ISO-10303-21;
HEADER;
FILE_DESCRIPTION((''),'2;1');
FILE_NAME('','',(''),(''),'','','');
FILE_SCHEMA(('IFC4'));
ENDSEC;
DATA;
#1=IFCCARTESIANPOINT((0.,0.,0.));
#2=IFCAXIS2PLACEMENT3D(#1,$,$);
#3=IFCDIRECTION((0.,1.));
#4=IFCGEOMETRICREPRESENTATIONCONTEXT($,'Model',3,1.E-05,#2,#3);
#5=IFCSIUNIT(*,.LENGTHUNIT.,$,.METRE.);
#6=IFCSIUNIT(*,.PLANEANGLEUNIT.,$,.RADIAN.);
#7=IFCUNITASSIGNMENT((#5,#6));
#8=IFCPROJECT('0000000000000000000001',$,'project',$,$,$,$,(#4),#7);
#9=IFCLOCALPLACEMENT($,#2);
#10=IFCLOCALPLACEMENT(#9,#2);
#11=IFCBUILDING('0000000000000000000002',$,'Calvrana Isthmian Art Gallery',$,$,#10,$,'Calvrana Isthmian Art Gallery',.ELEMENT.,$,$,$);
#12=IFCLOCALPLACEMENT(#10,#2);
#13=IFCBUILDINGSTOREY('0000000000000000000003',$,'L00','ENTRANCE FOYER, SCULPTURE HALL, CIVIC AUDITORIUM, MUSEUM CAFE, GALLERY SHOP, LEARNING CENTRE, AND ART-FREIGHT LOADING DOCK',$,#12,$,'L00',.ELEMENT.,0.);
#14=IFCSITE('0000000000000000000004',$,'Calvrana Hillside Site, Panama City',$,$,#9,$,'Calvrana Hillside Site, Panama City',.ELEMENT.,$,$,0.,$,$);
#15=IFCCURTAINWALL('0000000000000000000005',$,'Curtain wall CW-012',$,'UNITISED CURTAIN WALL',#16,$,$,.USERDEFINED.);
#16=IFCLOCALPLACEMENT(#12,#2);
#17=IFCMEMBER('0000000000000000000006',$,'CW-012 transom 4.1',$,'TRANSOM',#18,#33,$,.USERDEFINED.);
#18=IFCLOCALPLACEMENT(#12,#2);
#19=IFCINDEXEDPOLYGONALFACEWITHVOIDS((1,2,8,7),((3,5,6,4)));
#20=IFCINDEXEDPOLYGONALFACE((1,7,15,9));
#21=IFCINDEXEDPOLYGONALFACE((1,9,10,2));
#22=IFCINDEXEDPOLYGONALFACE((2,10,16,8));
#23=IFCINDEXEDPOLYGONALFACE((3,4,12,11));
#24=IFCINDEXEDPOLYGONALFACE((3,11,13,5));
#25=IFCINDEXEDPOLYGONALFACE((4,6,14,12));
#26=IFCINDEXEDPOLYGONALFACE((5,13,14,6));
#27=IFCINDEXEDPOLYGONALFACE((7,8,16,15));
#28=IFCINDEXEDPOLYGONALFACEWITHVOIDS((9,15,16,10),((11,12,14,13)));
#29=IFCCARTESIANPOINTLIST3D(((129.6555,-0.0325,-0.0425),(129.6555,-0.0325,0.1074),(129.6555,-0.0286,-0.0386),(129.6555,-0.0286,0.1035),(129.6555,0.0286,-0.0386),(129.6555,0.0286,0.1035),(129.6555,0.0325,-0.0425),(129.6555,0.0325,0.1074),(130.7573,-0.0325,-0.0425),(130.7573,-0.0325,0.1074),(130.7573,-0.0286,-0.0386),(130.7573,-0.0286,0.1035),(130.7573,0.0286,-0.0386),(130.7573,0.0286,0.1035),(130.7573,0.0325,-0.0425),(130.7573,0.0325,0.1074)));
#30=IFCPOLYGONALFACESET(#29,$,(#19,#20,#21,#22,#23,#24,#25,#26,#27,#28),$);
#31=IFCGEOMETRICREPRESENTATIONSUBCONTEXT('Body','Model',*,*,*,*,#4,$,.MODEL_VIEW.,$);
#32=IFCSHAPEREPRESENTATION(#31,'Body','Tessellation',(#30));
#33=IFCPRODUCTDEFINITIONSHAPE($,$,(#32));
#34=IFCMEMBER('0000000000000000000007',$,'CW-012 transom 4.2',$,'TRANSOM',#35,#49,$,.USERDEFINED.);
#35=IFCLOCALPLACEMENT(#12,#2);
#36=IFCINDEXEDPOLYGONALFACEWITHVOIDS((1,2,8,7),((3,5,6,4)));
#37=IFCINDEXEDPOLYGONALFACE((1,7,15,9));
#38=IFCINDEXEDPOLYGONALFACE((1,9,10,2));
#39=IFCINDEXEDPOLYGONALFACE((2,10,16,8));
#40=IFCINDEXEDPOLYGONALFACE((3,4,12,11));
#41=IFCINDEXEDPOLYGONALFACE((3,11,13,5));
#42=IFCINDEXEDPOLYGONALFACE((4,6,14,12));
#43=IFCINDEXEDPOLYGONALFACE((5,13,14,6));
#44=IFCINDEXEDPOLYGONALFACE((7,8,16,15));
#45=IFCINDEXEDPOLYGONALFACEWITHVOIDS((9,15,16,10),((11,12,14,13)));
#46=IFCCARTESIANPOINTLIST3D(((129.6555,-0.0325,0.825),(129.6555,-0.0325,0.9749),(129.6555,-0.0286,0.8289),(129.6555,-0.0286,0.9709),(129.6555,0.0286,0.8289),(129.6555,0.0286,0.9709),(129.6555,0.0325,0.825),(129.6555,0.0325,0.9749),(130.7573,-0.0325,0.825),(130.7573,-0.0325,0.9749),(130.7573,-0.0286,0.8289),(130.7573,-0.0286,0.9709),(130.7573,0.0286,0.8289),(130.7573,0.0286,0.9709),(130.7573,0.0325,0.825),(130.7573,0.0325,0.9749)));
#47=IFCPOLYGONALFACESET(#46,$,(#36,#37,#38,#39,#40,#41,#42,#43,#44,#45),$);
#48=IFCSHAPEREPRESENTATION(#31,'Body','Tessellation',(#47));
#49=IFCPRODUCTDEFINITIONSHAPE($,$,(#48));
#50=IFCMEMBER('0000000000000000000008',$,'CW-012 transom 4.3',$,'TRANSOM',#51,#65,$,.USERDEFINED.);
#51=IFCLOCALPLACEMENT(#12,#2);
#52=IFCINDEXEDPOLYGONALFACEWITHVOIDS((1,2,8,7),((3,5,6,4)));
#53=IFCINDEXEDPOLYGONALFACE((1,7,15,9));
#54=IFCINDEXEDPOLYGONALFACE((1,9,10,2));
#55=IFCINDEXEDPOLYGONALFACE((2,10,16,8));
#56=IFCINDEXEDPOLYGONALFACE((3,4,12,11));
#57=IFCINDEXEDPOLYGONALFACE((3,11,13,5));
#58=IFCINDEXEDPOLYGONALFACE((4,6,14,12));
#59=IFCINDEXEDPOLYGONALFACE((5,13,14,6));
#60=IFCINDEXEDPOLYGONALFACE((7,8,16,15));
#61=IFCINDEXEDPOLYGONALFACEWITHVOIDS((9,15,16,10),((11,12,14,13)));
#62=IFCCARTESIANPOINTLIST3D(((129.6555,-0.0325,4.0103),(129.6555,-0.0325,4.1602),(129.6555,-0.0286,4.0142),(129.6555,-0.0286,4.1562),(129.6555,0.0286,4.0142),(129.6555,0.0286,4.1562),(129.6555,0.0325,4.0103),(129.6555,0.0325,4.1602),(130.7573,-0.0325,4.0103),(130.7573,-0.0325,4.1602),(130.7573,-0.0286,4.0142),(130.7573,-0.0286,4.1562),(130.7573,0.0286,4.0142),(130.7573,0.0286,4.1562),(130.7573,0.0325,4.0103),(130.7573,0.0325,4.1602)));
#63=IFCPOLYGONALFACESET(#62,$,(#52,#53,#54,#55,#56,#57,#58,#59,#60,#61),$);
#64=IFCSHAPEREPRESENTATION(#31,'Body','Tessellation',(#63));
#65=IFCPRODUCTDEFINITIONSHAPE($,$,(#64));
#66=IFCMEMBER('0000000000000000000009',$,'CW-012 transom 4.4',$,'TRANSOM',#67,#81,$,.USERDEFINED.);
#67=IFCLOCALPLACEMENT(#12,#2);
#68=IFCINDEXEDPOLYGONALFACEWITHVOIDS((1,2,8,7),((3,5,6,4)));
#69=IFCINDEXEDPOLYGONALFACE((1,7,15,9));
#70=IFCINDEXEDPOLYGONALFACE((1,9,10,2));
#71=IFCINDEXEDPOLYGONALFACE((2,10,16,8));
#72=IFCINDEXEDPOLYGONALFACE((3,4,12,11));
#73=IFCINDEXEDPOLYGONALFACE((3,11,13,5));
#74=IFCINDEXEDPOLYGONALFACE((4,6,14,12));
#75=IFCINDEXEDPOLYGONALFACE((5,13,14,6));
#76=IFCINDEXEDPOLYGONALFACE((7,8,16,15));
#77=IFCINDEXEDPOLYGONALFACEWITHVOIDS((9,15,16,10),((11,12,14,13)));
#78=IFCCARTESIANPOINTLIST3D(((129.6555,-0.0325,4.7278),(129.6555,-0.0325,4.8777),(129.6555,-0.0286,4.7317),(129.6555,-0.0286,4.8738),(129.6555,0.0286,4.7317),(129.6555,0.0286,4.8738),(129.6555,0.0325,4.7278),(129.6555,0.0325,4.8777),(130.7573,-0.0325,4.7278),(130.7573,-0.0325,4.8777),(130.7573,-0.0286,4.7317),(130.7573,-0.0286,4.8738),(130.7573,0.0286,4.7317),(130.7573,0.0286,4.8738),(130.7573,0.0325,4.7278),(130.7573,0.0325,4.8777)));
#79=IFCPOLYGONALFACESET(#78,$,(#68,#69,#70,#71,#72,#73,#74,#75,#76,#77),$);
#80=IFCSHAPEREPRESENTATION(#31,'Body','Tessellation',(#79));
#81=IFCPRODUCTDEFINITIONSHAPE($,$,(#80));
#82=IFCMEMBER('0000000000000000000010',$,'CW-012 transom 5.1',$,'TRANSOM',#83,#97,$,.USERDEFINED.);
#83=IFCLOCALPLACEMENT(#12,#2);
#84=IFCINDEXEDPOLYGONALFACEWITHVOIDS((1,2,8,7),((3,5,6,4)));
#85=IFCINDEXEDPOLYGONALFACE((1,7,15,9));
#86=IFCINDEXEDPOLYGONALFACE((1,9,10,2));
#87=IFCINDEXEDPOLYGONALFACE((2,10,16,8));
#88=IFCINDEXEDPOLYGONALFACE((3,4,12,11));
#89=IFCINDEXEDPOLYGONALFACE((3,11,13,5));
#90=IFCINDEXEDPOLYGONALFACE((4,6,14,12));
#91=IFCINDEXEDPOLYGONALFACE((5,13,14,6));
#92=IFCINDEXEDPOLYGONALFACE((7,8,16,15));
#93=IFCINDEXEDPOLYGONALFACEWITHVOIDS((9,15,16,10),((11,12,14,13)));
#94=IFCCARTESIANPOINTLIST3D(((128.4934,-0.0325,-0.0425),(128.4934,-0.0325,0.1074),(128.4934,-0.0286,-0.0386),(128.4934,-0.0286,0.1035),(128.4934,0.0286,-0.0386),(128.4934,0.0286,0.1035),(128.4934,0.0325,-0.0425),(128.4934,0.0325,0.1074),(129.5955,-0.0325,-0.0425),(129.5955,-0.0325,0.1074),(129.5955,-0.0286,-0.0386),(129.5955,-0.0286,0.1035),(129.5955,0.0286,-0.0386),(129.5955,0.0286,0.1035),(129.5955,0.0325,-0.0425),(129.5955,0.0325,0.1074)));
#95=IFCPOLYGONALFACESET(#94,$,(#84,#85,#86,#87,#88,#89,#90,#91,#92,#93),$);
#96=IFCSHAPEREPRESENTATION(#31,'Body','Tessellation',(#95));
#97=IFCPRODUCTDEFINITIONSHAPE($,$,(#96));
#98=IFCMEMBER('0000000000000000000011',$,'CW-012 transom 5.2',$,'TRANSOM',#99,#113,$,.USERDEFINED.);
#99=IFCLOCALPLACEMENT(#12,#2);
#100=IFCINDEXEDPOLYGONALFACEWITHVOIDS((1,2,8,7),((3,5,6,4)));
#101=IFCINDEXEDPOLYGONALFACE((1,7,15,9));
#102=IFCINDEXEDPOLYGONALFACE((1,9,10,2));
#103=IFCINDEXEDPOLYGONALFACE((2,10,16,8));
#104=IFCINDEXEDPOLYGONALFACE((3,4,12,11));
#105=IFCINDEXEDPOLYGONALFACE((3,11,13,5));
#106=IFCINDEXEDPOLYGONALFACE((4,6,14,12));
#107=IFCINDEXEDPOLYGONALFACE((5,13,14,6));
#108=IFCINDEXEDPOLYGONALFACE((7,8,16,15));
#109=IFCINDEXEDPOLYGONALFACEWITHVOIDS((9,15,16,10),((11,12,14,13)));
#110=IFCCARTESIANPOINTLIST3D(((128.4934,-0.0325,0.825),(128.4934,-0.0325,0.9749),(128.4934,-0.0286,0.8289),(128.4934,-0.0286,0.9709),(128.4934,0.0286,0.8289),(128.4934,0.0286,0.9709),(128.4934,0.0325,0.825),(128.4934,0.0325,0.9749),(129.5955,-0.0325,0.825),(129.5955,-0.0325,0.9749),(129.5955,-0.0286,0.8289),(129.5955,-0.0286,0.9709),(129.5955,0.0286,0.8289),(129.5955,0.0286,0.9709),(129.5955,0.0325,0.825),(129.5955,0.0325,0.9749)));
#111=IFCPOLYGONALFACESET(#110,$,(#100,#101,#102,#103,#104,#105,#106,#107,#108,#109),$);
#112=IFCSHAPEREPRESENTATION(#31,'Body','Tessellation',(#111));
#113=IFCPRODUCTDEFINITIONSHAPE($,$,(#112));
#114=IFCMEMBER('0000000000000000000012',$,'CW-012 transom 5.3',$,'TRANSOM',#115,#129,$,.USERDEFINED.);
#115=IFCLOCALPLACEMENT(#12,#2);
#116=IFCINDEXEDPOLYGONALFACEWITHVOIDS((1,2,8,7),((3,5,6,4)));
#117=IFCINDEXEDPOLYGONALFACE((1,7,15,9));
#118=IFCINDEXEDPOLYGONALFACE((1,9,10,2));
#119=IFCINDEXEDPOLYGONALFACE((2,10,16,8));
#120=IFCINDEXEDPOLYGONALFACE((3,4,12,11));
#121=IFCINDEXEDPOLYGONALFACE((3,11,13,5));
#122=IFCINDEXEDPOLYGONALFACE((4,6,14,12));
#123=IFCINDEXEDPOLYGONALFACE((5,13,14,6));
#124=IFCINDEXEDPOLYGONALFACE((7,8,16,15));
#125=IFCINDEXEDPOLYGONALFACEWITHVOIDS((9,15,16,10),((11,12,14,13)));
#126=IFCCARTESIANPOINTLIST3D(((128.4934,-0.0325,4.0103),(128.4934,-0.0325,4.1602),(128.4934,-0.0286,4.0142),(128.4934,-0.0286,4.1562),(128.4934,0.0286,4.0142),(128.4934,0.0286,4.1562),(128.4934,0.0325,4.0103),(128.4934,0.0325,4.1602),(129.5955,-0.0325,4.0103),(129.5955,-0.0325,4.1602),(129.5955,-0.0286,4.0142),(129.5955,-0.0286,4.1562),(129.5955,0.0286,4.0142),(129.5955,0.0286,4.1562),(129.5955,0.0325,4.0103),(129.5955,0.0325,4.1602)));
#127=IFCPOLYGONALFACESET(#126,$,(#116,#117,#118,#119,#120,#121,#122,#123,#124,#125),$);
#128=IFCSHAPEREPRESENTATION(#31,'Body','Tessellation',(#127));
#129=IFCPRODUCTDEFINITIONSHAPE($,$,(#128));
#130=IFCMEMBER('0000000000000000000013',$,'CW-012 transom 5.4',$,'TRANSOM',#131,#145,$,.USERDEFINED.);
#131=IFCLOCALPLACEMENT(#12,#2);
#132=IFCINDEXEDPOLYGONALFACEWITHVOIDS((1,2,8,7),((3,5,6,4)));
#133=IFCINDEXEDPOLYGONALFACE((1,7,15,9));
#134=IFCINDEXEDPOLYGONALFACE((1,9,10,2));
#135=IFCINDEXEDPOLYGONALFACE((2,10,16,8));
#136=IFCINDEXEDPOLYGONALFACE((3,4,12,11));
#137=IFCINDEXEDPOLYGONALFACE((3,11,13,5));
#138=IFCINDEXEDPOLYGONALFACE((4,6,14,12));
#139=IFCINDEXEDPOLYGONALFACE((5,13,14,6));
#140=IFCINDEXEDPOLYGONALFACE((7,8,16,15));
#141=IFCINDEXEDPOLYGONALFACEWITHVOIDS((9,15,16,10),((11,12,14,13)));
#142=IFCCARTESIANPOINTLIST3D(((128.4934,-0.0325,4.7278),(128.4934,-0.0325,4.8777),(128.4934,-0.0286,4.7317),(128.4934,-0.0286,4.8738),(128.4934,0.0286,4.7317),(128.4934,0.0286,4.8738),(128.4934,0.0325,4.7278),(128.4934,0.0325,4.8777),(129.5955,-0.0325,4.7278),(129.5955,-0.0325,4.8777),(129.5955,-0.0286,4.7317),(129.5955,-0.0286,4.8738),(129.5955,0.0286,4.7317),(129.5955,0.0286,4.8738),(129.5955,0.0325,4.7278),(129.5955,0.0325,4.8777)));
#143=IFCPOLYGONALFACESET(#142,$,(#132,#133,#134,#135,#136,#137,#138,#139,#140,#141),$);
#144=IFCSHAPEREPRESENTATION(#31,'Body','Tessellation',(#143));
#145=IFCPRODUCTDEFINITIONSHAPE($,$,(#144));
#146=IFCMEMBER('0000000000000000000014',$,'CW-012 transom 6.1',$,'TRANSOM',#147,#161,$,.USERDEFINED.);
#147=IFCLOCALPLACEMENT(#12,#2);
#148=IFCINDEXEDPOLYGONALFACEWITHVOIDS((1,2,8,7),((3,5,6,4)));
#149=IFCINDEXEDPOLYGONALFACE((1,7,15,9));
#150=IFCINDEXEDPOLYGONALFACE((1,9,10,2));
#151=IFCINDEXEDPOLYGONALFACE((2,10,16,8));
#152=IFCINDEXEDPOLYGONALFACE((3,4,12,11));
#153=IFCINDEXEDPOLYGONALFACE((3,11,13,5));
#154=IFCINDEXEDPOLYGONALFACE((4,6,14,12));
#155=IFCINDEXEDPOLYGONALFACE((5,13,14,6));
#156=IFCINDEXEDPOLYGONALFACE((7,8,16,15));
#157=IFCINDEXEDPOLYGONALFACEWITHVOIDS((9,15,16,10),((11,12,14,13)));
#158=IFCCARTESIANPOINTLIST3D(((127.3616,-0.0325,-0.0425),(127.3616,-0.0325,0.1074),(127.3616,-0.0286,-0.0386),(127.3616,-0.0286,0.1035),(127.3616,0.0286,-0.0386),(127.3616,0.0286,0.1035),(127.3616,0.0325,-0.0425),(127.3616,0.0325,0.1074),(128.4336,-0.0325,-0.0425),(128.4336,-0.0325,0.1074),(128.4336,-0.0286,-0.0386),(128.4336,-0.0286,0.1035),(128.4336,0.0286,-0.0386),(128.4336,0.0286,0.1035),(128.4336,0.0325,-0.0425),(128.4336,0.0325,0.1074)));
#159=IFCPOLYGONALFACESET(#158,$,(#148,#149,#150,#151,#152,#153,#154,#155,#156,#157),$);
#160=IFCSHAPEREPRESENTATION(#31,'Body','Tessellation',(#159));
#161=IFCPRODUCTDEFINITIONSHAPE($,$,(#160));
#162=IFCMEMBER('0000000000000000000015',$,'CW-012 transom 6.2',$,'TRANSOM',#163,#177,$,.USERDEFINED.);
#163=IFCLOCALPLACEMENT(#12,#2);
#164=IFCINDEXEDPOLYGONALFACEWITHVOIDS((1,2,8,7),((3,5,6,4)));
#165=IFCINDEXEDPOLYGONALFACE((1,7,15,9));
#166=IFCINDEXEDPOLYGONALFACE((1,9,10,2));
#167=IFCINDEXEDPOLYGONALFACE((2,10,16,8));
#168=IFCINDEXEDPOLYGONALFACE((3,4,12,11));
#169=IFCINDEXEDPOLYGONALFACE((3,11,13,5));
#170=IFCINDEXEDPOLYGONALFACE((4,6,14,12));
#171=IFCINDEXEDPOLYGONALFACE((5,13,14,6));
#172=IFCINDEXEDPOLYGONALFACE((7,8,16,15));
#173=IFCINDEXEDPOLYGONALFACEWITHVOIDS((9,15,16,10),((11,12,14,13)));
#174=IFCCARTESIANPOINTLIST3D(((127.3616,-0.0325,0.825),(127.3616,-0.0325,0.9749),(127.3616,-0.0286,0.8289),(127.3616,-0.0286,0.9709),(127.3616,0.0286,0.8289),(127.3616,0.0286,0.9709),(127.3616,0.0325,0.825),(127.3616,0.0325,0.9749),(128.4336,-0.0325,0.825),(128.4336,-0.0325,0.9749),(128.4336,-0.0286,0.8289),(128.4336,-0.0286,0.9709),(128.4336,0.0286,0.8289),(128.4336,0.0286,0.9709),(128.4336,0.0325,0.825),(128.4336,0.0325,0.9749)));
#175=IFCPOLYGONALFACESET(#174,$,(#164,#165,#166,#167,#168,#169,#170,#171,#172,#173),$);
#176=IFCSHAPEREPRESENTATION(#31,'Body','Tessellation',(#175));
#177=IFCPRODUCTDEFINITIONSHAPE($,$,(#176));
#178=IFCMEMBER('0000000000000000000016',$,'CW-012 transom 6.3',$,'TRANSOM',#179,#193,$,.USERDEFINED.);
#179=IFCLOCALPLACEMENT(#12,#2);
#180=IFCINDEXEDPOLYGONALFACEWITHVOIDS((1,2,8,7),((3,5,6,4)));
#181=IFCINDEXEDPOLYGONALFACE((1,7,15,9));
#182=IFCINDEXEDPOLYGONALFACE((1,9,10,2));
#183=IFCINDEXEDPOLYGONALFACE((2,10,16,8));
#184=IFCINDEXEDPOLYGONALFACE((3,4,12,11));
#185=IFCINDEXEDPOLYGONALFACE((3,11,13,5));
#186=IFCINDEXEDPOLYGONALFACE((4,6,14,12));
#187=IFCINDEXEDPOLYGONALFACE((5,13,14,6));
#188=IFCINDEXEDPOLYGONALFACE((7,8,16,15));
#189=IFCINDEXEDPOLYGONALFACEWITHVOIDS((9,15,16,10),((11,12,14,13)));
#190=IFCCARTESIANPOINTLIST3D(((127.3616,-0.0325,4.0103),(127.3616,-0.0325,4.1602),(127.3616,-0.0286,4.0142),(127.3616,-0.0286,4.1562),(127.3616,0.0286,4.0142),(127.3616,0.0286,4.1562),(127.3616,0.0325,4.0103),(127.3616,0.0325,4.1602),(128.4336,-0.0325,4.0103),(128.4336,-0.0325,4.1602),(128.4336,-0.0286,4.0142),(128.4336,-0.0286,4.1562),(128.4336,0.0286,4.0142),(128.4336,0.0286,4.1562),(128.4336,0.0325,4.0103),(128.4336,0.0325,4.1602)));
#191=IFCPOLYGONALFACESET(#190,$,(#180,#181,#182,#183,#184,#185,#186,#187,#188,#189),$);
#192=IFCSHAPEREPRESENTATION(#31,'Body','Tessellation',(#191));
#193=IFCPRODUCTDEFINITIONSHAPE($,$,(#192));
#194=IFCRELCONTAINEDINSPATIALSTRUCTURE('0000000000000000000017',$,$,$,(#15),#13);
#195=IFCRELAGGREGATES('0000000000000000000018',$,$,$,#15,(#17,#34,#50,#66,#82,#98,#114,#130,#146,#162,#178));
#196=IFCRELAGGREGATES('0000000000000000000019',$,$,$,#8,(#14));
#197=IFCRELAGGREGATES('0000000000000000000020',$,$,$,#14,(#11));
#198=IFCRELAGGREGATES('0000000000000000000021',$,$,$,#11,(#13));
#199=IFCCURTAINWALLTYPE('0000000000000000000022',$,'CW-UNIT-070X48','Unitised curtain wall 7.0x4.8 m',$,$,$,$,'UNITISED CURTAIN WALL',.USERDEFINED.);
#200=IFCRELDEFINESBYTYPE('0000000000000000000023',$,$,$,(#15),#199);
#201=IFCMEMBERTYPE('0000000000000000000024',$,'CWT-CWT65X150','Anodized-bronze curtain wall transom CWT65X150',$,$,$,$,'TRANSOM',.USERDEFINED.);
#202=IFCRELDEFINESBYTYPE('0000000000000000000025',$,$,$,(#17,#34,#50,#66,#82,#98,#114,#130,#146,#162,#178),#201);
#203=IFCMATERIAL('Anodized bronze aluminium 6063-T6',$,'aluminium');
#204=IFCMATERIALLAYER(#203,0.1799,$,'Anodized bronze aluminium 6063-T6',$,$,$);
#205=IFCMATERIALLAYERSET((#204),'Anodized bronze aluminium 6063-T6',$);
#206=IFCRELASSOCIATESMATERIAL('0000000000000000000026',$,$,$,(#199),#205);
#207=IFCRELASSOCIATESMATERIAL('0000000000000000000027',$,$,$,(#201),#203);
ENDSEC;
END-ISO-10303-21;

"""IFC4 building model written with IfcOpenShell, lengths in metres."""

from ifc_helpers import new_model, si_unit, direction, frame, origin, origin_2d, place, context, subcontext, project, spatial, hollow_rectangle, extrude, material, layer, layer_set, material_profile, profile_set, type_object, element, aggregate, save


model = new_model("IFC4")

# Units and contexts
model_context = context("Model", 3, precision=1e-05, world=origin(), true_north=direction((0.0, 1.0)))
body_context = subcontext(model_context, "Body", "Model", "MODEL_VIEW")
ifc_project = project(units=[si_unit("LENGTHUNIT", "METRE"), si_unit("PLANEANGLEUNIT", "RADIAN")], contexts=[model_context])

# Site, building, storey
site_placement = place(None, origin())
site = spatial("IfcSite", under=ifc_project, at=site_placement, Name="Calvrana Hillside Site, Panama City", LongName="Calvrana Hillside Site, Panama City", CompositionType="ELEMENT", RefElevation=0.0)
building_placement = place(site_placement, origin())
building = spatial("IfcBuilding", under=site, at=building_placement, Name="Calvrana Isthmian Art Gallery", LongName="Calvrana Isthmian Art Gallery", CompositionType="ELEMENT")
storey_placement = place(building_placement, origin())
storey = spatial("IfcBuildingStorey", under=building, at=storey_placement, Name="L00", Description="ENTRANCE FOYER, SCULPTURE HALL, CIVIC AUDITORIUM, MUSEUM CAFE, GALLERY SHOP, LEARNING CENTRE, AND ART-FREIGHT LOADING DOCK", LongName="L00", CompositionType="ELEMENT", Elevation=0.0)

# Curtain wall, members
ifc_material_1 = material(Name="Anodized bronze aluminium 6063-T6", Category="aluminium")
ifc_layer_1 = layer(ifc_material_1, 0.1799, Name="Anodized bronze aluminium 6063-T6")
ifc_layer_set_1 = layer_set([ifc_layer_1], Name="Anodized bronze aluminium 6063-T6")
curtain_wall_type = type_object("IfcCurtainWallType", Name="CW-UNIT-070X48", Description="Unitised curtain wall 7.0x4.8 m", ElementType="UNITISED CURTAIN WALL", PredefinedType="USERDEFINED", material=ifc_layer_set_1)
curtain_wall_placement = place(storey_placement, origin())
curtain_wall = element("IfcCurtainWall", 1, at=curtain_wall_placement, inside=storey, type_object=curtain_wall_type, Name="Curtain wall CW-012", ObjectType="UNITISED CURTAIN WALL", PredefinedType="USERDEFINED")
ifc_material_profile_1 = material_profile(ifc_material_1, hollow_rectangle(XDim=0.0649, YDim=0.1499, WallThickness=0.0039, at=origin_2d()), Name="CWT65X150")
ifc_profile_set_1 = profile_set([ifc_material_profile_1], Name="Anodized bronze aluminium 6063-T6")
member_type_1 = type_object("IfcMemberType", Name="CWT-CWT65X150", Description="Anodized-bronze curtain wall transom CWT65X150", ElementType="TRANSOM", PredefinedType="USERDEFINED", material=ifc_profile_set_1)
member_1_placement = place(storey_placement, frame((130.7573, 0.0, 0.0325), z_axis=(-1.0, 0.0, 0.0), x_axis=(0.0, -1.0, 0.0)))
member_1 = element("IfcMember", 2, at=member_1_placement, type_object=member_type_1, Name="CW-012 transom 4.1", ObjectType="TRANSOM", PredefinedType="USERDEFINED", context=body_context, shape_type="SweptSolid", body=[
    extrude(hollow_rectangle(XDim=0.0649, YDim=0.1499, WallThickness=0.0039, at=origin_2d()), origin(), (0.0, 0.0, 1.0), 1.1018),
])
member_2_placement = place(storey_placement, frame((130.7573, 0.0, 0.8999), z_axis=(-1.0, 0.0, 0.0), x_axis=(0.0, -1.0, 0.0)))
member_2 = element("IfcMember", 3, at=member_2_placement, type_object=member_type_1, Name="CW-012 transom 4.2", ObjectType="TRANSOM", PredefinedType="USERDEFINED", context=body_context, shape_type="SweptSolid", body=[
    extrude(hollow_rectangle(XDim=0.0649, YDim=0.1499, WallThickness=0.0039, at=origin_2d()), origin(), (0.0, 0.0, 1.0), 1.1018),
])
member_3_placement = place(storey_placement, frame((130.7573, 0.0, 4.0852), z_axis=(-1.0, 0.0, 0.0), x_axis=(0.0, -1.0, 0.0)))
member_3 = element("IfcMember", 4, at=member_3_placement, type_object=member_type_1, Name="CW-012 transom 4.3", ObjectType="TRANSOM", PredefinedType="USERDEFINED", context=body_context, shape_type="SweptSolid", body=[
    extrude(hollow_rectangle(XDim=0.0649, YDim=0.1499, WallThickness=0.0039, at=origin_2d()), origin(), (0.0, 0.0, 1.0), 1.1018),
])
member_4_placement = place(storey_placement, frame((130.7573, 0.0, 4.8027), z_axis=(-1.0, 0.0, 0.0), x_axis=(0.0, -1.0, 0.0)))
member_4 = element("IfcMember", 5, at=member_4_placement, type_object=member_type_1, Name="CW-012 transom 4.4", ObjectType="TRANSOM", PredefinedType="USERDEFINED", context=body_context, shape_type="SweptSolid", body=[
    extrude(hollow_rectangle(XDim=0.0649, YDim=0.1499, WallThickness=0.0039, at=origin_2d()), origin(), (0.0, 0.0, 1.0), 1.1018),
])
member_5_placement = place(storey_placement, frame((129.5955, 0.0, 0.0325), z_axis=(-1.0, 0.0, 0.0), x_axis=(0.0, -1.0, 0.0)))
member_5 = element("IfcMember", 6, at=member_5_placement, type_object=member_type_1, Name="CW-012 transom 5.1", ObjectType="TRANSOM", PredefinedType="USERDEFINED", context=body_context, shape_type="SweptSolid", body=[
    extrude(hollow_rectangle(XDim=0.0649, YDim=0.1499, WallThickness=0.0039, at=origin_2d()), origin(), (0.0, 0.0, 1.0), 1.1021),
])
member_6_placement = place(storey_placement, frame((129.5955, 0.0, 0.8999), z_axis=(-1.0, 0.0, 0.0), x_axis=(0.0, -1.0, 0.0)))
member_6 = element("IfcMember", 7, at=member_6_placement, type_object=member_type_1, Name="CW-012 transom 5.2", ObjectType="TRANSOM", PredefinedType="USERDEFINED", context=body_context, shape_type="SweptSolid", body=[
    extrude(hollow_rectangle(XDim=0.0649, YDim=0.1499, WallThickness=0.0039, at=origin_2d()), origin(), (0.0, 0.0, 1.0), 1.1021),
])
member_7_placement = place(storey_placement, frame((129.5955, 0.0, 4.0852), z_axis=(-1.0, 0.0, 0.0), x_axis=(0.0, -1.0, 0.0)))
member_7 = element("IfcMember", 8, at=member_7_placement, type_object=member_type_1, Name="CW-012 transom 5.3", ObjectType="TRANSOM", PredefinedType="USERDEFINED", context=body_context, shape_type="SweptSolid", body=[
    extrude(hollow_rectangle(XDim=0.0649, YDim=0.1499, WallThickness=0.0039, at=origin_2d()), origin(), (0.0, 0.0, 1.0), 1.1021),
])
member_8_placement = place(storey_placement, frame((129.5955, 0.0, 4.8027), z_axis=(-1.0, 0.0, 0.0), x_axis=(0.0, -1.0, 0.0)))
member_8 = element("IfcMember", 9, at=member_8_placement, type_object=member_type_1, Name="CW-012 transom 5.4", ObjectType="TRANSOM", PredefinedType="USERDEFINED", context=body_context, shape_type="SweptSolid", body=[
    extrude(hollow_rectangle(XDim=0.0649, YDim=0.1499, WallThickness=0.0039, at=origin_2d()), origin(), (0.0, 0.0, 1.0), 1.1021),
])
member_9_placement = place(storey_placement, frame((128.4336, 0.0, 0.0325), z_axis=(-1.0, 0.0, 0.0), x_axis=(0.0, -1.0, 0.0)))
member_9 = element("IfcMember", 10, at=member_9_placement, type_object=member_type_1, Name="CW-012 transom 6.1", ObjectType="TRANSOM", PredefinedType="USERDEFINED", context=body_context, shape_type="SweptSolid", body=[
    extrude(hollow_rectangle(XDim=0.0649, YDim=0.1499, WallThickness=0.0039, at=origin_2d()), origin(), (0.0, 0.0, 1.0), 1.072),
])
member_10_placement = place(storey_placement, frame((128.4336, 0.0, 0.8999), z_axis=(-1.0, 0.0, 0.0), x_axis=(0.0, -1.0, 0.0)))
member_10 = element("IfcMember", 11, at=member_10_placement, type_object=member_type_1, Name="CW-012 transom 6.2", ObjectType="TRANSOM", PredefinedType="USERDEFINED", context=body_context, shape_type="SweptSolid", body=[
    extrude(hollow_rectangle(XDim=0.0649, YDim=0.1499, WallThickness=0.0039, at=origin_2d()), origin(), (0.0, 0.0, 1.0), 1.072),
])
member_11_placement = place(storey_placement, frame((128.4336, 0.0, 4.0852), z_axis=(-1.0, 0.0, 0.0), x_axis=(0.0, -1.0, 0.0)))
member_11 = element("IfcMember", 12, at=member_11_placement, type_object=member_type_1, Name="CW-012 transom 6.3", ObjectType="TRANSOM", PredefinedType="USERDEFINED", context=body_context, shape_type="SweptSolid", body=[
    extrude(hollow_rectangle(XDim=0.0649, YDim=0.1499, WallThickness=0.0039, at=origin_2d()), origin(), (0.0, 0.0, 1.0), 1.072),
])
aggregate(curtain_wall, [member_1, member_2, member_3, member_4, member_5, member_6, member_7, member_8, member_9, member_10, member_11])

save(model, "model.ifc")
